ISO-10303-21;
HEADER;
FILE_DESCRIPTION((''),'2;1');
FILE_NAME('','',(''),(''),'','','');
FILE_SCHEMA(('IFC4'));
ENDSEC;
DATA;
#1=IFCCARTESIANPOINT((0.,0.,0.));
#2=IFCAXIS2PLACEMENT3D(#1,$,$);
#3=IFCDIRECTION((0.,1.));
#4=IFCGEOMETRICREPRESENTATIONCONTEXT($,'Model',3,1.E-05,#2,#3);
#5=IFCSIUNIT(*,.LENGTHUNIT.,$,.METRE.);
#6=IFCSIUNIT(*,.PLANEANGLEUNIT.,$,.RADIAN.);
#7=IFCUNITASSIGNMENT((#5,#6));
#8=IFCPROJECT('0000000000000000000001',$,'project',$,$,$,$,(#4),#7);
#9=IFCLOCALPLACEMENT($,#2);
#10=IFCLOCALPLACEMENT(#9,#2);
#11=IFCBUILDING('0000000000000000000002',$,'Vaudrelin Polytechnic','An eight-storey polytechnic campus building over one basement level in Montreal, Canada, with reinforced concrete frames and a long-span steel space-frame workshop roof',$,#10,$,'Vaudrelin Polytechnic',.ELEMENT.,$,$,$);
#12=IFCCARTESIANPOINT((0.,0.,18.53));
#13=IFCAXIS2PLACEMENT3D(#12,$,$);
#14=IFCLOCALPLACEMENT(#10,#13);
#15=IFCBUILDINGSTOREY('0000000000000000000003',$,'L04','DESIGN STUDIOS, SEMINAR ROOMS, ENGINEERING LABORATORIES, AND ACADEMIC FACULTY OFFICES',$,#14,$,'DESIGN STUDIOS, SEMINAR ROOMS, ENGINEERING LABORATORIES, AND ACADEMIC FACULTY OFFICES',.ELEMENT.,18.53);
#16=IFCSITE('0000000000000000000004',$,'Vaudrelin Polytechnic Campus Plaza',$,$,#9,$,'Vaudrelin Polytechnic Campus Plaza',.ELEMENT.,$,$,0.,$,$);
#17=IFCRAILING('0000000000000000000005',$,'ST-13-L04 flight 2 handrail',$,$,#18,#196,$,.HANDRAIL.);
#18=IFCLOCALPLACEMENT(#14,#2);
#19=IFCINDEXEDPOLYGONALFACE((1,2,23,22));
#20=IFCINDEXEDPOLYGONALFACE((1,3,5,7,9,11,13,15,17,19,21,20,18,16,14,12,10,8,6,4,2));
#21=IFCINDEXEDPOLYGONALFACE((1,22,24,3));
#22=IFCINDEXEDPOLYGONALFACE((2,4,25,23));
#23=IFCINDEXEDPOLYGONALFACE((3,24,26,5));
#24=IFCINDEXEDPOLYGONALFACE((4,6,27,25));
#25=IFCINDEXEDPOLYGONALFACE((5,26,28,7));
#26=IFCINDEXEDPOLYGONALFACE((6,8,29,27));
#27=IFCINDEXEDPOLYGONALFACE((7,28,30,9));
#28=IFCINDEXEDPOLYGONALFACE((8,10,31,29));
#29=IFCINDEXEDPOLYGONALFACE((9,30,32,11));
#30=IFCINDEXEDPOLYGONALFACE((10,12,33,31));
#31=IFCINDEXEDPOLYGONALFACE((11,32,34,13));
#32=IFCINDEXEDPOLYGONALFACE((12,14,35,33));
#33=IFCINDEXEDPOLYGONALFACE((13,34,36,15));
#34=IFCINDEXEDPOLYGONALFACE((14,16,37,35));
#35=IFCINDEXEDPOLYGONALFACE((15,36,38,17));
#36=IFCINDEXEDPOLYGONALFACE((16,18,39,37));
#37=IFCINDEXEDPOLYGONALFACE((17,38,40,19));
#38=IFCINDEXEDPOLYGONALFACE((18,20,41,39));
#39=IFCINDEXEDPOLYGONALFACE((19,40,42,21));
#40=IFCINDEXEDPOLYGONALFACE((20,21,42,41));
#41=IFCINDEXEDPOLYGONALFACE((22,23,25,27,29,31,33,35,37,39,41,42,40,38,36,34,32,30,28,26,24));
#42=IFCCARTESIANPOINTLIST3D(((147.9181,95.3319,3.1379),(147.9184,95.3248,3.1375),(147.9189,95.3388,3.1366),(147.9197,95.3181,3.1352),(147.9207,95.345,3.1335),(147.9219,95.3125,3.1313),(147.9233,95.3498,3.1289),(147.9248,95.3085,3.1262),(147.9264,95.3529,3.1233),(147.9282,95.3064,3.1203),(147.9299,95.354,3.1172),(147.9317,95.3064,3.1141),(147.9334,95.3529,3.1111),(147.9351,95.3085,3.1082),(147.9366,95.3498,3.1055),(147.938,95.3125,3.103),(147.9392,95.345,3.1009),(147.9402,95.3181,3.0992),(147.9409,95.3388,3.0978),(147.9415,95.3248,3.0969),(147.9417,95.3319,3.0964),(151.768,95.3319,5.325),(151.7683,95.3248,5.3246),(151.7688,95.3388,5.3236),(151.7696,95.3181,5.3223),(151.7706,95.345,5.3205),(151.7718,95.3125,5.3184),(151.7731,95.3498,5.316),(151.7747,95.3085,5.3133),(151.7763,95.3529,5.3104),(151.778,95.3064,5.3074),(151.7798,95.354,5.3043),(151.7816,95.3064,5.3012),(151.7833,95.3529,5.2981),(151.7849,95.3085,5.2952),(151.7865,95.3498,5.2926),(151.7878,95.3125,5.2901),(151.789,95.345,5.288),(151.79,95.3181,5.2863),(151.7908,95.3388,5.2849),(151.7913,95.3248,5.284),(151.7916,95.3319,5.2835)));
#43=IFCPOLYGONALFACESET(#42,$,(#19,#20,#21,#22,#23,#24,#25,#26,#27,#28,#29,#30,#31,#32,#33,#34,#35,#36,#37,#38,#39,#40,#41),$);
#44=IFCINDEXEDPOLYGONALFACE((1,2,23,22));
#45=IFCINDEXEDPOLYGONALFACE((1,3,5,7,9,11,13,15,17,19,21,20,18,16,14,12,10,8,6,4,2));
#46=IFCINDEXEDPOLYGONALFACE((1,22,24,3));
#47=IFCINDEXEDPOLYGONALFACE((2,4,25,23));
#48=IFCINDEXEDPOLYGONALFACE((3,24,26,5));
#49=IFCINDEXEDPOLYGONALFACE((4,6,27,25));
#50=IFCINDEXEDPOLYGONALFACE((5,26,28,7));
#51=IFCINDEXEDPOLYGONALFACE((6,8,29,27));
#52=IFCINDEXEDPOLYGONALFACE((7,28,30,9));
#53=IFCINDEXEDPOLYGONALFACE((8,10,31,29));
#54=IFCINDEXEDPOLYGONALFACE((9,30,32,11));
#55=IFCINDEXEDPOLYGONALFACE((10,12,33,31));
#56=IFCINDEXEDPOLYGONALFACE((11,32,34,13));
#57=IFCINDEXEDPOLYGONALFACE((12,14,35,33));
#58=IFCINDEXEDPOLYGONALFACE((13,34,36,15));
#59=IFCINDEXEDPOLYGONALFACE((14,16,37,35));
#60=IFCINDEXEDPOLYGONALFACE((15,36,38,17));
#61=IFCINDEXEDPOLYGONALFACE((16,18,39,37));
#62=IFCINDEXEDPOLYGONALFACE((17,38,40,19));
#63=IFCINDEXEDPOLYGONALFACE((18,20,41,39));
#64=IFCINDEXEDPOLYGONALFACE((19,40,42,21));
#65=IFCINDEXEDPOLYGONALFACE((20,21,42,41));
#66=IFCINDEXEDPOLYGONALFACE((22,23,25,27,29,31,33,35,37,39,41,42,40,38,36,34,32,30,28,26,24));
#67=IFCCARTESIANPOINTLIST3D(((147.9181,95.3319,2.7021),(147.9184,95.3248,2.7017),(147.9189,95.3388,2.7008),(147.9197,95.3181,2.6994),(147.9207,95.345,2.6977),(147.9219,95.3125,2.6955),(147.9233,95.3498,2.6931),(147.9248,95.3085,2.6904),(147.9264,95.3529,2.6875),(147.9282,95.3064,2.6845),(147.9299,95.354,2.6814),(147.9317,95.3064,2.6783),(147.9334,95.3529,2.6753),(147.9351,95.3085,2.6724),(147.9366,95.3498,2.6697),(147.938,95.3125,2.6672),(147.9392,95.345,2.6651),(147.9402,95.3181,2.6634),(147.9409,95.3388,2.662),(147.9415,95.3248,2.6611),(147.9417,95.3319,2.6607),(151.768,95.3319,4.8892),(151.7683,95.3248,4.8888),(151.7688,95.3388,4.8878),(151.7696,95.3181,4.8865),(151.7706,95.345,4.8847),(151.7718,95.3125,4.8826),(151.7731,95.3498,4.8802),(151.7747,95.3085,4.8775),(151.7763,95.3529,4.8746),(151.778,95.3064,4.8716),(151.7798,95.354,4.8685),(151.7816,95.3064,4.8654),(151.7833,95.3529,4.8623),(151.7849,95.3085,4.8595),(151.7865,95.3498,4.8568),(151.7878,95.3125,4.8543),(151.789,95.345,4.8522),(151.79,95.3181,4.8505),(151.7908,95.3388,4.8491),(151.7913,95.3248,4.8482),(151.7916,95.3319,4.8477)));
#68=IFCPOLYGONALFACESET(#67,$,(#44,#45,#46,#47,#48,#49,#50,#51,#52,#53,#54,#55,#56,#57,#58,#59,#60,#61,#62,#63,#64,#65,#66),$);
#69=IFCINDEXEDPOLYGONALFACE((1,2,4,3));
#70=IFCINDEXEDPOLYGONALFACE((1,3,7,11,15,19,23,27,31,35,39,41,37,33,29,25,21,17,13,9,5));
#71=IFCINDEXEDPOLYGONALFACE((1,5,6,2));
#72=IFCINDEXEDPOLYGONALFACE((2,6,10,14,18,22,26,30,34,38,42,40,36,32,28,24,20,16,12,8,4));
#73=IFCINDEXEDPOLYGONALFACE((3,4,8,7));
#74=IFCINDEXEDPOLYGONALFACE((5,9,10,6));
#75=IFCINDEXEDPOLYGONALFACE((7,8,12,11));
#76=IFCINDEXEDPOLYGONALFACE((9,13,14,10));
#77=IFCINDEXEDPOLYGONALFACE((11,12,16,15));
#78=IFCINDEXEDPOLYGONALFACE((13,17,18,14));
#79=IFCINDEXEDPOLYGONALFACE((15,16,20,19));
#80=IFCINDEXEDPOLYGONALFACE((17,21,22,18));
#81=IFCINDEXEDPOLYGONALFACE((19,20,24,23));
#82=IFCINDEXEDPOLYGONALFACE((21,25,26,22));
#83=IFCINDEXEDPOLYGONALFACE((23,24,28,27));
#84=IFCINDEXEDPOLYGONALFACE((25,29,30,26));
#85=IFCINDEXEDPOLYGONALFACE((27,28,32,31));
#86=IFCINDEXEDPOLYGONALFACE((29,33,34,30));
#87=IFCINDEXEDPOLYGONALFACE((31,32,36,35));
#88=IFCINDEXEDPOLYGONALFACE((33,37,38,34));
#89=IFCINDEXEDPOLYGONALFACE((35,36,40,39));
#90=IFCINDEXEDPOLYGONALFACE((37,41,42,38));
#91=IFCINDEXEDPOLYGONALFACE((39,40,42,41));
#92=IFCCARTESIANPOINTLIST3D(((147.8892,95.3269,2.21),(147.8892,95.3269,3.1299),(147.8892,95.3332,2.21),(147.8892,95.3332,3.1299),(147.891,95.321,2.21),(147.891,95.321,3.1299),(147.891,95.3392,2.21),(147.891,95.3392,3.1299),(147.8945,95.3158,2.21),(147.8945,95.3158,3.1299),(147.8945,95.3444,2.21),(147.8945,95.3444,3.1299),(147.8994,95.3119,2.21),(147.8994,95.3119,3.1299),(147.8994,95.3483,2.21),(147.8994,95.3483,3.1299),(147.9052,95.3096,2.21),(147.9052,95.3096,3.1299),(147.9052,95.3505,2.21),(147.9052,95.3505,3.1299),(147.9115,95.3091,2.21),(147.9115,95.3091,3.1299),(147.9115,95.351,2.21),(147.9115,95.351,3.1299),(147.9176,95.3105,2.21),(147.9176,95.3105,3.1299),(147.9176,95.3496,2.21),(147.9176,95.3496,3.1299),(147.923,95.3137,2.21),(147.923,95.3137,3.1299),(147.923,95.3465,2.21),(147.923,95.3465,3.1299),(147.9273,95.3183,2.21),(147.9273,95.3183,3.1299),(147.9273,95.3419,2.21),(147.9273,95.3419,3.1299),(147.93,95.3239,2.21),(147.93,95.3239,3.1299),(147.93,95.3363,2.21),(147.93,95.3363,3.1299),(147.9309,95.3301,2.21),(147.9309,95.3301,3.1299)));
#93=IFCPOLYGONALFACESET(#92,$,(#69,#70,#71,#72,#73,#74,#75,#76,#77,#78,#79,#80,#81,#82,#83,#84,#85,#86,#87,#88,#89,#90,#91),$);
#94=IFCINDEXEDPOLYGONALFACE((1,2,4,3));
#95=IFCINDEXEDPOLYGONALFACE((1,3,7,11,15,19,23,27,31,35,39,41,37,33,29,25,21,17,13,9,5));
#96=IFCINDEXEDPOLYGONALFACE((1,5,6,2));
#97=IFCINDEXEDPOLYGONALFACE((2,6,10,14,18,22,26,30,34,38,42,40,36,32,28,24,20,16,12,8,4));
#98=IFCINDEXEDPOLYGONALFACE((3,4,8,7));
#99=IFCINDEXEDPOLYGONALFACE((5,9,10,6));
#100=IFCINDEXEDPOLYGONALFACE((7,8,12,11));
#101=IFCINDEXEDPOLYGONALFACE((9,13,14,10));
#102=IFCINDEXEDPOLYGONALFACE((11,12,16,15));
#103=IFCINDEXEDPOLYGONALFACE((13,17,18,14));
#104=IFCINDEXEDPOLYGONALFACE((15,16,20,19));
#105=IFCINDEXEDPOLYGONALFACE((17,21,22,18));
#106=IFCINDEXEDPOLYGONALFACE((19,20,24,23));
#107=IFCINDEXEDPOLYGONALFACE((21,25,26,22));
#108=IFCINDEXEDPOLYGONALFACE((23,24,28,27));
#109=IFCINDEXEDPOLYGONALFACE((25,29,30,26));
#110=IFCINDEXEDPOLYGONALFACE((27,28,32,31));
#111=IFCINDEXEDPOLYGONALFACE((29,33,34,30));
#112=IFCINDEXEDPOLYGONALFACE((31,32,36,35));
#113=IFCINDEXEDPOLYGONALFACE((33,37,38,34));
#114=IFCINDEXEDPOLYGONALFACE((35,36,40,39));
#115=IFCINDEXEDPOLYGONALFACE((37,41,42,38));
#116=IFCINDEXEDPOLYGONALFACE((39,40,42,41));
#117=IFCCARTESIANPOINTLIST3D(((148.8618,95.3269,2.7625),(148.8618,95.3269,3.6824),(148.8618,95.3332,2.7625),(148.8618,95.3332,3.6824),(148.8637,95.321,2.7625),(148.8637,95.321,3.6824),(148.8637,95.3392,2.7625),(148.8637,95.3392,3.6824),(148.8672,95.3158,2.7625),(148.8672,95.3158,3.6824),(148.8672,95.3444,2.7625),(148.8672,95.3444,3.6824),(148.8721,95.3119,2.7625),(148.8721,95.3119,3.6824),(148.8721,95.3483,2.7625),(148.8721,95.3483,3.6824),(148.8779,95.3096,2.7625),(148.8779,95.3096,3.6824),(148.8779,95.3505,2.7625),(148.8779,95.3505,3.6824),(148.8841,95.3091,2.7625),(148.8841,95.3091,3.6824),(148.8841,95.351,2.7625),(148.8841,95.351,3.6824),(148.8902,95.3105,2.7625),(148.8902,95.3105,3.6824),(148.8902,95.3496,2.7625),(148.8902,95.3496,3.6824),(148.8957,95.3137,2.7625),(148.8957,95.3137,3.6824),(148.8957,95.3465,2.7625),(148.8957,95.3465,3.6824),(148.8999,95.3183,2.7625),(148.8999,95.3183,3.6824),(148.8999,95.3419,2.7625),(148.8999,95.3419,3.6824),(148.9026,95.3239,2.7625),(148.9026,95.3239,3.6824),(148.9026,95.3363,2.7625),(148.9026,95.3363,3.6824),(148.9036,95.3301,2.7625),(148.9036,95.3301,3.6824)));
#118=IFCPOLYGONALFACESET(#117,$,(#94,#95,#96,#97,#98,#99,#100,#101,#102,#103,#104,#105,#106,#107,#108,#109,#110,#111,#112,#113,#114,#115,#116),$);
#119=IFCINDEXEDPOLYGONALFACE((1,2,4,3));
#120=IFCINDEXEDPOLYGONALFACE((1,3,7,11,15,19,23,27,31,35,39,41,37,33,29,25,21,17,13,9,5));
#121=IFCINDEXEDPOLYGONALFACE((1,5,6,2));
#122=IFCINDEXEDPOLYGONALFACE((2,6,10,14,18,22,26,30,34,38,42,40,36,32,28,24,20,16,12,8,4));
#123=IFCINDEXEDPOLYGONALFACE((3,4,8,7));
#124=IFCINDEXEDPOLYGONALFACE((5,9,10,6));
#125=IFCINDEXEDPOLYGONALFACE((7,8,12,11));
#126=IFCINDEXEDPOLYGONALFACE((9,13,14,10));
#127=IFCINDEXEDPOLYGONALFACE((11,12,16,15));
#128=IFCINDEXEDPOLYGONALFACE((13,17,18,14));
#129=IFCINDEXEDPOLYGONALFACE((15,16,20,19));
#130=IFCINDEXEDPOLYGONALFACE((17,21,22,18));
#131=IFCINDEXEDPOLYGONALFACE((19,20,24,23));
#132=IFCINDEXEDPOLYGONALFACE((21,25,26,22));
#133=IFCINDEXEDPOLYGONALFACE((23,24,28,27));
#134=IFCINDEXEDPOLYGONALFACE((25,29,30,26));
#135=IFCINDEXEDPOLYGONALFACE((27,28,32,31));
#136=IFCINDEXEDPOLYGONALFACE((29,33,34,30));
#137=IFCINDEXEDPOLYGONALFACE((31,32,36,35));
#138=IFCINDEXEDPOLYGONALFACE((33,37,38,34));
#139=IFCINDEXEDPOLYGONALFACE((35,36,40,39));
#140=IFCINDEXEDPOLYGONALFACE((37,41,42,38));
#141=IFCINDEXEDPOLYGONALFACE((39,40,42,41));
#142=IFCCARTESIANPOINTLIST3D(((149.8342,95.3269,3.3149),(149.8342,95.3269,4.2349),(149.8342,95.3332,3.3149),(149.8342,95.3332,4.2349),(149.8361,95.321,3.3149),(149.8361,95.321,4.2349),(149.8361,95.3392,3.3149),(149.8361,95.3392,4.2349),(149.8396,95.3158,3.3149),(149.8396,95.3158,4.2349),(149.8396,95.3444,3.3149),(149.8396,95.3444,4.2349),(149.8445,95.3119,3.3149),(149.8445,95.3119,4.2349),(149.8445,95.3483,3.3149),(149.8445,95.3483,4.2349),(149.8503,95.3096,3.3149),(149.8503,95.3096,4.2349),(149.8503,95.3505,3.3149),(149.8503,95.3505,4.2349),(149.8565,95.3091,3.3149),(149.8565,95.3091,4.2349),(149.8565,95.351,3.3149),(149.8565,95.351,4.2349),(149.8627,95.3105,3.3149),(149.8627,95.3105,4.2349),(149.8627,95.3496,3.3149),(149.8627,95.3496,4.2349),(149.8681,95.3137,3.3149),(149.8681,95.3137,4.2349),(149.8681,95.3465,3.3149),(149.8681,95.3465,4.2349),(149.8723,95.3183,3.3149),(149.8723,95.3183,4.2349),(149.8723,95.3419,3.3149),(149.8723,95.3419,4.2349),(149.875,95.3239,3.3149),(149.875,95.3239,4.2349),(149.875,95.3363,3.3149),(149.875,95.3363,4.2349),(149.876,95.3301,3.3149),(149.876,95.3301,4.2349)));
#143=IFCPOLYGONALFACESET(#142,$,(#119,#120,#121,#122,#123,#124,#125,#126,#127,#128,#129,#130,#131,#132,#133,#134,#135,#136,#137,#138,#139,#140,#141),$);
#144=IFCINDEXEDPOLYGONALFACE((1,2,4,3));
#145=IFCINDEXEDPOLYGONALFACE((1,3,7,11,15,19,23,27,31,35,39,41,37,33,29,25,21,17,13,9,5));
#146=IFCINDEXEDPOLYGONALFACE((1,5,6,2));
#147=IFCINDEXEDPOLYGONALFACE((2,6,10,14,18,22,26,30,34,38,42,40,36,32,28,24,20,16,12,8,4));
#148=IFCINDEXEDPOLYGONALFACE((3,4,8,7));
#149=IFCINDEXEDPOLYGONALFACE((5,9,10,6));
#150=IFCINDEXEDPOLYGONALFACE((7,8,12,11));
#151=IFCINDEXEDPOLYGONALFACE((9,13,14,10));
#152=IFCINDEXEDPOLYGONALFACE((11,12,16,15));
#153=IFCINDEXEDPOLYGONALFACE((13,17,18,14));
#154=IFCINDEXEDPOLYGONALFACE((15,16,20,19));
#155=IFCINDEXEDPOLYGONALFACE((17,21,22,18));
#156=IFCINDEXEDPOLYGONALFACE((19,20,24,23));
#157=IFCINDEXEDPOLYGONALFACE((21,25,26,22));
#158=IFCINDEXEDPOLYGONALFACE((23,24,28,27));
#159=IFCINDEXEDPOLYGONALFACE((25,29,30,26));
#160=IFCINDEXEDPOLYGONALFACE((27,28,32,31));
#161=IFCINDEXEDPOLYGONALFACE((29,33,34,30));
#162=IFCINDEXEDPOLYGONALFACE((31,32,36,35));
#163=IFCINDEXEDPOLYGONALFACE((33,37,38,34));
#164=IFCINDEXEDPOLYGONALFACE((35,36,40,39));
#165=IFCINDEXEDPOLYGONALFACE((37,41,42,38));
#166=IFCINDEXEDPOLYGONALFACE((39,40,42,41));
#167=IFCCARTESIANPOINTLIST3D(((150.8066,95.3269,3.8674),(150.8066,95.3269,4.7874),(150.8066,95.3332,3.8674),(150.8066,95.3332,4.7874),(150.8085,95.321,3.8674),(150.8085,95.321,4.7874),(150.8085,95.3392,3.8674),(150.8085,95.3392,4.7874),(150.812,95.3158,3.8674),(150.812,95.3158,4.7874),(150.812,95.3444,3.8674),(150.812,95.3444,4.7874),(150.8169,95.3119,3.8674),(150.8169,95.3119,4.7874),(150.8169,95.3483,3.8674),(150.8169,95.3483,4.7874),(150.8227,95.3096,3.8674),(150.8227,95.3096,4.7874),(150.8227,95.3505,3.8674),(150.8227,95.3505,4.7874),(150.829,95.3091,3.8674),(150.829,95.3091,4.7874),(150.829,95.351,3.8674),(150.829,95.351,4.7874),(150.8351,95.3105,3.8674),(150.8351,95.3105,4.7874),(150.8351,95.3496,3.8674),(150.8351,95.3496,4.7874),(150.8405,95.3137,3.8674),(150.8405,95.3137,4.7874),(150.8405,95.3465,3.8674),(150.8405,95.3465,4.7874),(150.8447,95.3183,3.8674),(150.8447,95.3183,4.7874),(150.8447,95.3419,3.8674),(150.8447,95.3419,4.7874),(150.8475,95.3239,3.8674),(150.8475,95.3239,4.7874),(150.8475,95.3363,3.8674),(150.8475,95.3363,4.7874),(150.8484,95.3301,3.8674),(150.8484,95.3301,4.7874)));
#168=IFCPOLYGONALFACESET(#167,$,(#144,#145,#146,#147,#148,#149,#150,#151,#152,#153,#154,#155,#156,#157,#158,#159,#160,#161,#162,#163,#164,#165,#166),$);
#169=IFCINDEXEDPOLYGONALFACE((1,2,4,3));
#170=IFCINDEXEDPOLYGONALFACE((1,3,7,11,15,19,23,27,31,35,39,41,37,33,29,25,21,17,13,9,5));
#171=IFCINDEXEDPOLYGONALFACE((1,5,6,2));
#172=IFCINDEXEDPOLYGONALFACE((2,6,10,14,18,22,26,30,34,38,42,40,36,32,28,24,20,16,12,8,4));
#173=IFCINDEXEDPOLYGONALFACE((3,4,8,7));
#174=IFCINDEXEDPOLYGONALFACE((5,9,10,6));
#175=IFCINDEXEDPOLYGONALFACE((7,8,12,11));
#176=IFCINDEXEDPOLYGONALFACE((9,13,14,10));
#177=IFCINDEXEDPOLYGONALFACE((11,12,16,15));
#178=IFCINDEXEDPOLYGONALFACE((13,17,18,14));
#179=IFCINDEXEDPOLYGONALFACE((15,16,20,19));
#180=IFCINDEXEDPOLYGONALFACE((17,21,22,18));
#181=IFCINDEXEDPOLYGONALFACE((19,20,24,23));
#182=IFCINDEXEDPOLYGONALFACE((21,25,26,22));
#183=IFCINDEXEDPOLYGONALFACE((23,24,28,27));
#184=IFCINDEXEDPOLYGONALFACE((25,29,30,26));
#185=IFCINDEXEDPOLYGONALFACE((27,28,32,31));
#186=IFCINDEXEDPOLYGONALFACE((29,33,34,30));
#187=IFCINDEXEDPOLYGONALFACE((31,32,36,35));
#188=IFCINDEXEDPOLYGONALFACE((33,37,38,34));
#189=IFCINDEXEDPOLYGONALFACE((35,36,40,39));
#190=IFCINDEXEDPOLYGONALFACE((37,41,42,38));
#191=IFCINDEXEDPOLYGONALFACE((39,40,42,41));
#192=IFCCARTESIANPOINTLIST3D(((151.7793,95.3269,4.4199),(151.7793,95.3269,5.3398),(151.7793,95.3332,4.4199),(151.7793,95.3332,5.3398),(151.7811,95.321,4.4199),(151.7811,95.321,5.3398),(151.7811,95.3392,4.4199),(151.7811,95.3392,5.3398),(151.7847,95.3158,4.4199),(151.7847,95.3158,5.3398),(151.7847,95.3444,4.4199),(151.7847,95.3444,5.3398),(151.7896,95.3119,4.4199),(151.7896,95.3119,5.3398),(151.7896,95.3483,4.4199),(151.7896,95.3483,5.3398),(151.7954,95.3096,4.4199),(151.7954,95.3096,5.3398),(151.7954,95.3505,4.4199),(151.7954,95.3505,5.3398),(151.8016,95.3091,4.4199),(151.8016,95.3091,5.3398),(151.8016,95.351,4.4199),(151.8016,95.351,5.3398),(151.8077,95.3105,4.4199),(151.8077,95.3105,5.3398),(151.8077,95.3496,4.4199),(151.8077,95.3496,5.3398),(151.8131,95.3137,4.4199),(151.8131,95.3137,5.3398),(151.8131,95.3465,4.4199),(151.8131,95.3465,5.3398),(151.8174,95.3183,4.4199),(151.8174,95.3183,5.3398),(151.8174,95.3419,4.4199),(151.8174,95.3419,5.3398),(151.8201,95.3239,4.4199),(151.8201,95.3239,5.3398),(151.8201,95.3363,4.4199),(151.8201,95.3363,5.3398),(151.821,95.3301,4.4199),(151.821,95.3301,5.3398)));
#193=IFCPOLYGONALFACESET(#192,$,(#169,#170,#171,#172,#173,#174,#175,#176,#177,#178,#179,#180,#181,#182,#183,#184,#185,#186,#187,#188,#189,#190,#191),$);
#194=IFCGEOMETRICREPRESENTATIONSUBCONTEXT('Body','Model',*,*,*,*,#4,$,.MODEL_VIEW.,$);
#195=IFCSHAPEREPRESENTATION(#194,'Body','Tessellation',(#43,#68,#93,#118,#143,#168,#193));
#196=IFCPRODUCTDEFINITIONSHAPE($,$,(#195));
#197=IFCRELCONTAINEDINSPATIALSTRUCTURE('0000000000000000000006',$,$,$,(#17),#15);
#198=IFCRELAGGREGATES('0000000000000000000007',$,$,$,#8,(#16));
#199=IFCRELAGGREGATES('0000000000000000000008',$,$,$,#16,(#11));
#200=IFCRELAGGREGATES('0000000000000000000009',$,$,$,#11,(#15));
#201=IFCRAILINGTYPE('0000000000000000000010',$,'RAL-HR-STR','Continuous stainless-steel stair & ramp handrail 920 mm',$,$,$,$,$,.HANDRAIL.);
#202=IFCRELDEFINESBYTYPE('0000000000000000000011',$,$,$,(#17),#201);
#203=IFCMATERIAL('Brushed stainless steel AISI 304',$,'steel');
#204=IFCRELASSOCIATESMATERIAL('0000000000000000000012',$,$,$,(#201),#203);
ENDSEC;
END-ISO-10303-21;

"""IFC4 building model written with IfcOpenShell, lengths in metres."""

from ifc_helpers import new_model, si_unit, direction, frame, origin, origin_2d, place, context, subcontext, project, spatial, circle, extrude, material, type_object, element, save


model = new_model("IFC4")

# Units and contexts
model_context = context("Model", 3, precision=1e-05, world=origin(), true_north=direction((0.0, 1.0)))
body_context = subcontext(model_context, "Body", "Model", "MODEL_VIEW")
ifc_project = project(units=[si_unit("LENGTHUNIT", "METRE"), si_unit("PLANEANGLEUNIT", "RADIAN")], contexts=[model_context])

# Site, building, storey
site_placement = place(None, origin())
site = spatial("IfcSite", under=ifc_project, at=site_placement, Name="Vaudrelin Polytechnic Campus Plaza", LongName="Vaudrelin Polytechnic Campus Plaza", CompositionType="ELEMENT", RefElevation=0.0)
building_placement = place(site_placement, origin())
building = spatial("IfcBuilding", under=site, at=building_placement, Name="Vaudrelin Polytechnic", Description="An eight-storey polytechnic campus building over one basement level in Montreal, Canada, with reinforced concrete frames and a long-span steel space-frame workshop roof", LongName="Vaudrelin Polytechnic", CompositionType="ELEMENT")
storey_placement = place(building_placement, frame((0.0, 0.0, 18.53)))
storey = spatial("IfcBuildingStorey", under=building, at=storey_placement, Name="L04", Description="DESIGN STUDIOS, SEMINAR ROOMS, ENGINEERING LABORATORIES, AND ACADEMIC FACULTY OFFICES", LongName="DESIGN STUDIOS, SEMINAR ROOMS, ENGINEERING LABORATORIES, AND ACADEMIC FACULTY OFFICES", CompositionType="ELEMENT", Elevation=18.53)

# Railing
ifc_material_1 = material(Name="Brushed stainless steel AISI 304", Category="steel")
railing_type_1 = type_object("IfcRailingType", Name="RAL-HR-STR", Description="Continuous stainless-steel stair & ramp handrail 920 mm", PredefinedType="HANDRAIL", material=ifc_material_1)
railing_1_placement = place(storey_placement, frame((147.9099, 95.3301, 2.21)))
element("IfcRailing", 1, at=railing_1_placement, inside=storey, type_object=railing_type_1, Name="ST-13-L04 flight 2 handrail", PredefinedType="HANDRAIL", context=body_context, shape_type="SweptSolid", body=[
    extrude(circle(Radius=0.0239, at=origin_2d()), frame((0.02, 0.0, 0.9072), z_axis=(0.86949, 0.0, 0.493951), x_axis=(0.0, 1.0, 0.0)), (0.0, 0.0, 1.0), 4.4277),
    extrude(circle(Radius=0.0239, at=origin_2d()), frame((0.02, 0.0, 0.4714), z_axis=(0.86949, 0.0, 0.493951), x_axis=(0.0, 1.0, 0.0)), (0.0, 0.0, 1.0), 4.4277),
    extrude(circle(Radius=0.021, at=origin_2d()), origin(), (0.0, 0.0, 1.0), 0.9199),
    extrude(circle(Radius=0.021, at=origin_2d()), frame((0.9727, 0.0, 0.5525)), (0.0, 0.0, 1.0), 0.9199),
    extrude(circle(Radius=0.021, at=origin_2d()), frame((1.9451, 0.0, 1.105)), (0.0, 0.0, 1.0), 0.9199),
    extrude(circle(Radius=0.021, at=origin_2d()), frame((2.9175, 0.0, 1.6575)), (0.0, 0.0, 1.0), 0.9199),
    extrude(circle(Radius=0.021, at=origin_2d()), frame((3.8901, 0.0, 2.21)), (0.0, 0.0, 1.0), 0.9199),
])

save(model, "model.ifc")
